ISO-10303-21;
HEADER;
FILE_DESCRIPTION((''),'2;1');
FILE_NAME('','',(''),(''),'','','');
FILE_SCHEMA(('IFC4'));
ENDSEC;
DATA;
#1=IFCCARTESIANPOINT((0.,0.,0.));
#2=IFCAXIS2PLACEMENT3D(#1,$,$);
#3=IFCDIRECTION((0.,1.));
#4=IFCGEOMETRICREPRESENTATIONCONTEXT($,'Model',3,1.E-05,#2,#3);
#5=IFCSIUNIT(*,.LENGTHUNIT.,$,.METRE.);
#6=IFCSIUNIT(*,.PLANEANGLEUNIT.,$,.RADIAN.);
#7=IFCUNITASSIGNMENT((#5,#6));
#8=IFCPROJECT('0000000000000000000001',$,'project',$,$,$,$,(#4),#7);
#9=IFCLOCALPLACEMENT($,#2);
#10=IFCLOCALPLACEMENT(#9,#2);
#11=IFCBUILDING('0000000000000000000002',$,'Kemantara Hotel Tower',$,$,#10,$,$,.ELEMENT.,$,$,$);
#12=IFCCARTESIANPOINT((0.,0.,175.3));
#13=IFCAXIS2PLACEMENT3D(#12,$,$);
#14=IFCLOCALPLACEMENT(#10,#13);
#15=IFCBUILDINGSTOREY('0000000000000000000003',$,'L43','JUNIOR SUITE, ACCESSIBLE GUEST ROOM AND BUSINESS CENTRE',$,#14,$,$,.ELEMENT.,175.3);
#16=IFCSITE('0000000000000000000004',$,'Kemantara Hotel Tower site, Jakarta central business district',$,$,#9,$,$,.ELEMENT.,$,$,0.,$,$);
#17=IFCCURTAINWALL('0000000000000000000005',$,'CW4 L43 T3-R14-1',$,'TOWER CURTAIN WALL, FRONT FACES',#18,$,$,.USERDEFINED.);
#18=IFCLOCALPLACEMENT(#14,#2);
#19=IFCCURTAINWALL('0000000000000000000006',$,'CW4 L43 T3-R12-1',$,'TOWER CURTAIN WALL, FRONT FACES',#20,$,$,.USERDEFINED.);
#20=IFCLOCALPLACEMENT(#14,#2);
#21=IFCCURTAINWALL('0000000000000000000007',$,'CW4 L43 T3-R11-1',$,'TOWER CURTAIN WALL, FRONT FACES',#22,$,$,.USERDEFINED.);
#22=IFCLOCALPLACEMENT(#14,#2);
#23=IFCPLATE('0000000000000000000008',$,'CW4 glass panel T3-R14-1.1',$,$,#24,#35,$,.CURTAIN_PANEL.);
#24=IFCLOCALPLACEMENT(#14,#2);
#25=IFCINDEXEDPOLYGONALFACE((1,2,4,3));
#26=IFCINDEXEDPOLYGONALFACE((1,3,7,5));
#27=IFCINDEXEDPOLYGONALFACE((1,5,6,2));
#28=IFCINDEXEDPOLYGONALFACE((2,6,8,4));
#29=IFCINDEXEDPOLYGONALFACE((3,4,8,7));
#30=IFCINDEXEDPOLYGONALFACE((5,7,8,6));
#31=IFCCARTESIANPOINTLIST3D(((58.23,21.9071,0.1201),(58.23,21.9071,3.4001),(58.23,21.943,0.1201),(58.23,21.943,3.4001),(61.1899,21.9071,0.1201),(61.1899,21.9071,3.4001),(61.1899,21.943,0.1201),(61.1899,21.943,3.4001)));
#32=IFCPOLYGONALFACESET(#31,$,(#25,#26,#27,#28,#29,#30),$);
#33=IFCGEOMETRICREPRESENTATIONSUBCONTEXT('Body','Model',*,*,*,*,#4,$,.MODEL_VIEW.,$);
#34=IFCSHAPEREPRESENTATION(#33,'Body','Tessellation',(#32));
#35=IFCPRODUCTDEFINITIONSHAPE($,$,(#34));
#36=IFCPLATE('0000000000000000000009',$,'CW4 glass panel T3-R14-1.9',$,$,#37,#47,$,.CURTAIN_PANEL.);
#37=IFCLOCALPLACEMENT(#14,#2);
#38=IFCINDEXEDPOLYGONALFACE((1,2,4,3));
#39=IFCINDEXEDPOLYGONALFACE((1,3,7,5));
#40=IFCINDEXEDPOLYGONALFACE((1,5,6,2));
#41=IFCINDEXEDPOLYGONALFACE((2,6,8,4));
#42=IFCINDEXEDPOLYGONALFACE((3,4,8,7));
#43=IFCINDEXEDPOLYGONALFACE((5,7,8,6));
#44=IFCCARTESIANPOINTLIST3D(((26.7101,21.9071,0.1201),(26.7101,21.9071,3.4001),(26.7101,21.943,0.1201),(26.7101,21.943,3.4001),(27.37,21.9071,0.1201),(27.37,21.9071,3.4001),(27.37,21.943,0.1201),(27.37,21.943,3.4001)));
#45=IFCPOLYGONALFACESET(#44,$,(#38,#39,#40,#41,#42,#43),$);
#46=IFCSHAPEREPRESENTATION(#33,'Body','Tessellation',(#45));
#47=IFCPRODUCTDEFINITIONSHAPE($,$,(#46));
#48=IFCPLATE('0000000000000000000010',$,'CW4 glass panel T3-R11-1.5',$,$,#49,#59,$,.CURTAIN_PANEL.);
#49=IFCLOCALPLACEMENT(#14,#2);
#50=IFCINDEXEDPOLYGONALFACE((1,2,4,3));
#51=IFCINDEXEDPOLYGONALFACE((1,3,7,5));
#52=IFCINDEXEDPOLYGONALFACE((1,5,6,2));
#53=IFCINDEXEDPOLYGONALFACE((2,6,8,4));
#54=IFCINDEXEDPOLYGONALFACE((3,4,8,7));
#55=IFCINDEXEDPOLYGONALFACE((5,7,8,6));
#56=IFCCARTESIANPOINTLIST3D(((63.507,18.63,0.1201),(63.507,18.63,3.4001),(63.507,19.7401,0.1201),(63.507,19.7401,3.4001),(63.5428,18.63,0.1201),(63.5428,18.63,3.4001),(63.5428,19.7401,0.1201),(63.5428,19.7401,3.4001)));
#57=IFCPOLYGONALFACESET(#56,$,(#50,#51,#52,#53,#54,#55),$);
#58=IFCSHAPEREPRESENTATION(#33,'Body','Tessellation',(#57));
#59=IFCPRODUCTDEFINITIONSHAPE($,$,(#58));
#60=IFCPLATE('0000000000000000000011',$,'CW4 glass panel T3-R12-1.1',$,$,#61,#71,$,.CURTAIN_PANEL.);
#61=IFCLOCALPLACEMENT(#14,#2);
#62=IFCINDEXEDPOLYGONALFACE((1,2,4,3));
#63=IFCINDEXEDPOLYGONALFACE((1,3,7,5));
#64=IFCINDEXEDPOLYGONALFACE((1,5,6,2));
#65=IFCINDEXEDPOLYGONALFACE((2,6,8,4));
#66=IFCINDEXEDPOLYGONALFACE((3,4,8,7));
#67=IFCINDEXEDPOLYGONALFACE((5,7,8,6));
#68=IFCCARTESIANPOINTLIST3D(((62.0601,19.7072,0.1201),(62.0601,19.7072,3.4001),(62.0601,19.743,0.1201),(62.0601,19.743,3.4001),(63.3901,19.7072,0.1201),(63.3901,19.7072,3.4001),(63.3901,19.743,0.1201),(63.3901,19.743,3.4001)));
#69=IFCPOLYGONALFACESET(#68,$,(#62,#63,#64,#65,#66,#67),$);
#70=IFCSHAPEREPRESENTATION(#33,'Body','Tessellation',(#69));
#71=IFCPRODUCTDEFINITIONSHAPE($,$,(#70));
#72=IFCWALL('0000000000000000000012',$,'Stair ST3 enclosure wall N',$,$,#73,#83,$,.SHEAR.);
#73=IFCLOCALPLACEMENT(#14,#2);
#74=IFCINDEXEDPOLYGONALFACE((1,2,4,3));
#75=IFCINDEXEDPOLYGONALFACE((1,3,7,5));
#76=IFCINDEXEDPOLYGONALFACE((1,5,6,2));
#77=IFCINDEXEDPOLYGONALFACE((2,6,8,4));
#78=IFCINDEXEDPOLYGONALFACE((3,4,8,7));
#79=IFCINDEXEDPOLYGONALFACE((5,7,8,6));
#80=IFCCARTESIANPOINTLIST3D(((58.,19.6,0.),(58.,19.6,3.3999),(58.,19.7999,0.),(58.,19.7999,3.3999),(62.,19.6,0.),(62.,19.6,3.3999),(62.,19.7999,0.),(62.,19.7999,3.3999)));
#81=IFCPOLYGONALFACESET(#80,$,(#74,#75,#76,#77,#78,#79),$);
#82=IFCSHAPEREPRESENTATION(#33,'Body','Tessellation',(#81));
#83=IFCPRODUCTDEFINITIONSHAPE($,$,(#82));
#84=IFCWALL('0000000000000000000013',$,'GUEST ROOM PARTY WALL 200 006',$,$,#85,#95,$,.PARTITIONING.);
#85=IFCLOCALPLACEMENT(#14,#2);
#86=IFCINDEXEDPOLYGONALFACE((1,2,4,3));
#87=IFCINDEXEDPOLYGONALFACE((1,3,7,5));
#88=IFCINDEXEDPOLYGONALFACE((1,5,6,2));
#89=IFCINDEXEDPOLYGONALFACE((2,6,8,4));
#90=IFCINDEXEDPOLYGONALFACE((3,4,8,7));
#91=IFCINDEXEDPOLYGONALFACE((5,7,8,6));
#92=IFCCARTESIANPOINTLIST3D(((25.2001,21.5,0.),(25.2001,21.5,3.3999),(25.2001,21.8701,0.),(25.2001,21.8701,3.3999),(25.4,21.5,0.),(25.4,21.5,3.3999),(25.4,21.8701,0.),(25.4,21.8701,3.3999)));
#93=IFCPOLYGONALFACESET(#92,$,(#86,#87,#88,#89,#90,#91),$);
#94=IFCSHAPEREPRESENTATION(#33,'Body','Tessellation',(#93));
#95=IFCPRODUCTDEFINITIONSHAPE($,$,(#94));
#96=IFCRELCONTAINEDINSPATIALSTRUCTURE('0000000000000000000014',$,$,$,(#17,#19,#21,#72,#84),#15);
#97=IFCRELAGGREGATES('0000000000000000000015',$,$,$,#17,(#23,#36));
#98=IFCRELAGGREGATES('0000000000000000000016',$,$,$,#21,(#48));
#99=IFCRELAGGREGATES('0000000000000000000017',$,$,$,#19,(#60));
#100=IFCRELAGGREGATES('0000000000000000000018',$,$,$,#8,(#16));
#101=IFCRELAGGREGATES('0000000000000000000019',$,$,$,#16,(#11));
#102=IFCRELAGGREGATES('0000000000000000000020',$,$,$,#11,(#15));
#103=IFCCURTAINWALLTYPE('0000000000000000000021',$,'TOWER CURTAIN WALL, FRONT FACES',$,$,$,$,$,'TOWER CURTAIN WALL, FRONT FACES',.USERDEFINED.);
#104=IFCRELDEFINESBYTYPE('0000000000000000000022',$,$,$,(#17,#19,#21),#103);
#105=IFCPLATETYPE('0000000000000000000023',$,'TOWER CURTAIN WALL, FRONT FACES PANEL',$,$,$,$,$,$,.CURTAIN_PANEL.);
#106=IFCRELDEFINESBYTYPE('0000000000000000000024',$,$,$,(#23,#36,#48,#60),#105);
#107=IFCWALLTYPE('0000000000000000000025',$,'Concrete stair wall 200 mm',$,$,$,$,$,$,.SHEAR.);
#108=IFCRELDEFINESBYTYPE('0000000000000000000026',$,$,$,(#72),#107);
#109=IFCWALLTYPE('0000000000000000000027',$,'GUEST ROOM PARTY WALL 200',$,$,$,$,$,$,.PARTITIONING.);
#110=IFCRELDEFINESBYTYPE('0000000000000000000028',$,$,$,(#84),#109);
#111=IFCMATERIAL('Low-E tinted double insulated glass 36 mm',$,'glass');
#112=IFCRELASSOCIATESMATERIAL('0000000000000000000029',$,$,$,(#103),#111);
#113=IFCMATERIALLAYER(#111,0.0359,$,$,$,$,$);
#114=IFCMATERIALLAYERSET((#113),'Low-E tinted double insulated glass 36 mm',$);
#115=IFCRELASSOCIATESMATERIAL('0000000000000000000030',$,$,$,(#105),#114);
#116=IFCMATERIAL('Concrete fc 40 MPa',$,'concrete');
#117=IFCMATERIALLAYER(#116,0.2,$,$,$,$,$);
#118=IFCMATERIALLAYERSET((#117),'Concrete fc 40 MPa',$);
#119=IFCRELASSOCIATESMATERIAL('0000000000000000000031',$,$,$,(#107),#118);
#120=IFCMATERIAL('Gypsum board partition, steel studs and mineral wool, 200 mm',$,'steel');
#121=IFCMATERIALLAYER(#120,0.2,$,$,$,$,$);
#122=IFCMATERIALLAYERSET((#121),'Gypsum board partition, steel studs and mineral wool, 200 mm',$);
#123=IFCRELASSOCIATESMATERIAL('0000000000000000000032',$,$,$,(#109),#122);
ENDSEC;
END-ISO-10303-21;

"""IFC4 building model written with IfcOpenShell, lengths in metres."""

from ifc_helpers import new_model, si_unit, direction, frame, frame_2d, origin, origin_2d, place, context, subcontext, project, spatial, rectangle, extrude, source, transform, mapped, material, layer, layer_set, type_object, element, aggregate, save


model = new_model("IFC4")

# Units and contexts
model_context = context("Model", 3, precision=1e-05, world=origin(), true_north=direction((0.0, 1.0)))
body_context = subcontext(model_context, "Body", "Model", "MODEL_VIEW")
ifc_project = project(units=[si_unit("LENGTHUNIT", "METRE"), si_unit("PLANEANGLEUNIT", "RADIAN")], contexts=[model_context])

# Site, building, storey
site_placement = place(None, origin())
site = spatial("IfcSite", under=ifc_project, at=site_placement, Name="Kemantara Hotel Tower site, Jakarta central business district", CompositionType="ELEMENT", RefElevation=0.0)
building_placement = place(site_placement, origin())
building = spatial("IfcBuilding", under=site, at=building_placement, Name="Kemantara Hotel Tower", CompositionType="ELEMENT")
storey_placement = place(building_placement, frame((0.0, 0.0, 175.3)))
storey = spatial("IfcBuildingStorey", under=building, at=storey_placement, Name="L43", Description="JUNIOR SUITE, ACCESSIBLE GUEST ROOM AND BUSINESS CENTRE", CompositionType="ELEMENT", Elevation=175.3)

# Curtain walls
ifc_material_1 = material(Name="Low-E tinted double insulated glass 36 mm", Category="glass")
curtain_wall_type = type_object("IfcCurtainWallType", Name="TOWER CURTAIN WALL, FRONT FACES", ElementType="TOWER CURTAIN WALL, FRONT FACES", PredefinedType="USERDEFINED", material=ifc_material_1)
curtain_wall_1_placement = place(storey_placement, origin())
curtain_wall_1 = element("IfcCurtainWall", 1, at=curtain_wall_1_placement, inside=storey, type_object=curtain_wall_type, Name="CW4 L43 T3-R14-1", ObjectType="TOWER CURTAIN WALL, FRONT FACES", PredefinedType="USERDEFINED")
curtain_wall_2_placement = place(storey_placement, origin())
curtain_wall_2 = element("IfcCurtainWall", 2, at=curtain_wall_2_placement, inside=storey, type_object=curtain_wall_type, Name="CW4 L43 T3-R12-1", ObjectType="TOWER CURTAIN WALL, FRONT FACES", PredefinedType="USERDEFINED")
curtain_wall_3_placement = place(storey_placement, origin())
curtain_wall_3 = element("IfcCurtainWall", 3, at=curtain_wall_3_placement, inside=storey, type_object=curtain_wall_type, Name="CW4 L43 T3-R11-1", ObjectType="TOWER CURTAIN WALL, FRONT FACES", PredefinedType="USERDEFINED")

# Plates
ifc_layer_1 = layer(ifc_material_1, 0.0359)
ifc_layer_set_1 = layer_set([ifc_layer_1], Name="Low-E tinted double insulated glass 36 mm")
plate_type = type_object("IfcPlateType", Name="TOWER CURTAIN WALL, FRONT FACES PANEL", PredefinedType="CURTAIN_PANEL", material=ifc_layer_set_1)
shared_shape_1 = source(origin(), body_context, "Body", "SweptSolid", [
    extrude(rectangle(XDim=2.96, YDim=0.0359, at=origin_2d()), origin(), (0.0, 0.0, 1.0), 3.28),
])
plate_1_placement = place(storey_placement, frame((59.71, 21.925, 0.1201), z_axis=(0.0, 0.0, 1.0), x_axis=(-1.0, 0.0, 0.0)))
plate_1 = element("IfcPlate", 4, at=plate_1_placement, type_object=plate_type, Name="CW4 glass panel T3-R14-1.1", PredefinedType="CURTAIN_PANEL", context=body_context, shape_type="MappedRepresentation", body=[
    mapped(shared_shape_1, transform((0.0, 0.0, 0.0))),
])
shared_shape_2 = source(origin(), body_context, "Body", "SweptSolid", [
    extrude(rectangle(XDim=0.6599, YDim=0.0359, at=origin_2d()), origin(), (0.0, 0.0, 1.0), 3.28),
])
plate_2_placement = place(storey_placement, frame((27.04, 21.925, 0.1201), z_axis=(0.0, 0.0, 1.0), x_axis=(-1.0, 0.0, 0.0)))
plate_2 = element("IfcPlate", 5, at=plate_2_placement, type_object=plate_type, Name="CW4 glass panel T3-R14-1.9", PredefinedType="CURTAIN_PANEL", context=body_context, shape_type="MappedRepresentation", body=[
    mapped(shared_shape_2, transform((0.0, 0.0, 0.0))),
])
aggregate(curtain_wall_1, [plate_1, plate_2])
shared_shape_3 = source(origin(), body_context, "Body", "SweptSolid", [
    extrude(rectangle(XDim=1.1101, YDim=0.0359, at=origin_2d()), origin(), (0.0, 0.0, 1.0), 3.28),
])
plate_3_placement = place(storey_placement, frame((63.5249, 19.1851, 0.1201), z_axis=(0.0, 0.0, 1.0), x_axis=(0.0, 1.0, 0.0)))
plate_3 = element("IfcPlate", 6, at=plate_3_placement, type_object=plate_type, Name="CW4 glass panel T3-R11-1.5", PredefinedType="CURTAIN_PANEL", context=body_context, shape_type="MappedRepresentation", body=[
    mapped(shared_shape_3, transform((0.0, 0.0, 0.0))),
])
aggregate(curtain_wall_3, [plate_3])
shared_shape_4 = source(origin(), body_context, "Body", "SweptSolid", [
    extrude(rectangle(XDim=1.3301, YDim=0.0359, at=origin_2d()), origin(), (0.0, 0.0, 1.0), 3.28),
])
plate_4_placement = place(storey_placement, frame((62.7251, 19.7251, 0.1201), z_axis=(0.0, 0.0, 1.0), x_axis=(-1.0, 0.0, 0.0)))
plate_4 = element("IfcPlate", 7, at=plate_4_placement, type_object=plate_type, Name="CW4 glass panel T3-R12-1.1", PredefinedType="CURTAIN_PANEL", context=body_context, shape_type="MappedRepresentation", body=[
    mapped(shared_shape_4, transform((0.0, 0.0, 0.0))),
])
aggregate(curtain_wall_2, [plate_4])

# Walls
ifc_material_2 = material(Name="Concrete fc 40 MPa", Category="concrete")
ifc_layer_2 = layer(ifc_material_2, 0.2)
ifc_layer_set_2 = layer_set([ifc_layer_2], Name="Concrete fc 40 MPa")
wall_type_1 = type_object("IfcWallType", Name="Concrete stair wall 200 mm", PredefinedType="SHEAR", material=ifc_layer_set_2)
wall_1_placement = place(storey_placement, frame((58.0, 19.7, 0.0), z_axis=(0.0, 0.0, 1.0), x_axis=(1.0, 0.0, 0.0)))
element("IfcWall", 8, at=wall_1_placement, inside=storey, type_object=wall_type_1, Name="Stair ST3 enclosure wall N", PredefinedType="SHEAR", context=body_context, shape_type="SweptSolid", body=[
    extrude(rectangle(XDim=4.0, YDim=0.2, at=frame_2d((2.0, 0.0))), origin(), (0.0, 0.0, 1.0), 3.3999),
])
ifc_material_3 = material(Name="Gypsum board partition, steel studs and mineral wool, 200 mm", Category="steel")
ifc_layer_3 = layer(ifc_material_3, 0.2)
ifc_layer_set_3 = layer_set([ifc_layer_3], Name="Gypsum board partition, steel studs and mineral wool, 200 mm")
wall_type_2 = type_object("IfcWallType", Name="GUEST ROOM PARTY WALL 200", PredefinedType="PARTITIONING", material=ifc_layer_set_3)
wall_2_placement = place(storey_placement, frame((25.3, 21.5, 0.0), z_axis=(0.0, 0.0, 1.0), x_axis=(0.0, 1.0, 0.0)))
element("IfcWall", 9, at=wall_2_placement, inside=storey, type_object=wall_type_2, Name="GUEST ROOM PARTY WALL 200 006", PredefinedType="PARTITIONING", context=body_context, shape_type="SweptSolid", body=[
    extrude(rectangle(XDim=0.3701, YDim=0.2, at=frame_2d((0.1851, 0.0))), origin(), (0.0, 0.0, 1.0), 3.3999),
])

save(model, "model.ifc")
